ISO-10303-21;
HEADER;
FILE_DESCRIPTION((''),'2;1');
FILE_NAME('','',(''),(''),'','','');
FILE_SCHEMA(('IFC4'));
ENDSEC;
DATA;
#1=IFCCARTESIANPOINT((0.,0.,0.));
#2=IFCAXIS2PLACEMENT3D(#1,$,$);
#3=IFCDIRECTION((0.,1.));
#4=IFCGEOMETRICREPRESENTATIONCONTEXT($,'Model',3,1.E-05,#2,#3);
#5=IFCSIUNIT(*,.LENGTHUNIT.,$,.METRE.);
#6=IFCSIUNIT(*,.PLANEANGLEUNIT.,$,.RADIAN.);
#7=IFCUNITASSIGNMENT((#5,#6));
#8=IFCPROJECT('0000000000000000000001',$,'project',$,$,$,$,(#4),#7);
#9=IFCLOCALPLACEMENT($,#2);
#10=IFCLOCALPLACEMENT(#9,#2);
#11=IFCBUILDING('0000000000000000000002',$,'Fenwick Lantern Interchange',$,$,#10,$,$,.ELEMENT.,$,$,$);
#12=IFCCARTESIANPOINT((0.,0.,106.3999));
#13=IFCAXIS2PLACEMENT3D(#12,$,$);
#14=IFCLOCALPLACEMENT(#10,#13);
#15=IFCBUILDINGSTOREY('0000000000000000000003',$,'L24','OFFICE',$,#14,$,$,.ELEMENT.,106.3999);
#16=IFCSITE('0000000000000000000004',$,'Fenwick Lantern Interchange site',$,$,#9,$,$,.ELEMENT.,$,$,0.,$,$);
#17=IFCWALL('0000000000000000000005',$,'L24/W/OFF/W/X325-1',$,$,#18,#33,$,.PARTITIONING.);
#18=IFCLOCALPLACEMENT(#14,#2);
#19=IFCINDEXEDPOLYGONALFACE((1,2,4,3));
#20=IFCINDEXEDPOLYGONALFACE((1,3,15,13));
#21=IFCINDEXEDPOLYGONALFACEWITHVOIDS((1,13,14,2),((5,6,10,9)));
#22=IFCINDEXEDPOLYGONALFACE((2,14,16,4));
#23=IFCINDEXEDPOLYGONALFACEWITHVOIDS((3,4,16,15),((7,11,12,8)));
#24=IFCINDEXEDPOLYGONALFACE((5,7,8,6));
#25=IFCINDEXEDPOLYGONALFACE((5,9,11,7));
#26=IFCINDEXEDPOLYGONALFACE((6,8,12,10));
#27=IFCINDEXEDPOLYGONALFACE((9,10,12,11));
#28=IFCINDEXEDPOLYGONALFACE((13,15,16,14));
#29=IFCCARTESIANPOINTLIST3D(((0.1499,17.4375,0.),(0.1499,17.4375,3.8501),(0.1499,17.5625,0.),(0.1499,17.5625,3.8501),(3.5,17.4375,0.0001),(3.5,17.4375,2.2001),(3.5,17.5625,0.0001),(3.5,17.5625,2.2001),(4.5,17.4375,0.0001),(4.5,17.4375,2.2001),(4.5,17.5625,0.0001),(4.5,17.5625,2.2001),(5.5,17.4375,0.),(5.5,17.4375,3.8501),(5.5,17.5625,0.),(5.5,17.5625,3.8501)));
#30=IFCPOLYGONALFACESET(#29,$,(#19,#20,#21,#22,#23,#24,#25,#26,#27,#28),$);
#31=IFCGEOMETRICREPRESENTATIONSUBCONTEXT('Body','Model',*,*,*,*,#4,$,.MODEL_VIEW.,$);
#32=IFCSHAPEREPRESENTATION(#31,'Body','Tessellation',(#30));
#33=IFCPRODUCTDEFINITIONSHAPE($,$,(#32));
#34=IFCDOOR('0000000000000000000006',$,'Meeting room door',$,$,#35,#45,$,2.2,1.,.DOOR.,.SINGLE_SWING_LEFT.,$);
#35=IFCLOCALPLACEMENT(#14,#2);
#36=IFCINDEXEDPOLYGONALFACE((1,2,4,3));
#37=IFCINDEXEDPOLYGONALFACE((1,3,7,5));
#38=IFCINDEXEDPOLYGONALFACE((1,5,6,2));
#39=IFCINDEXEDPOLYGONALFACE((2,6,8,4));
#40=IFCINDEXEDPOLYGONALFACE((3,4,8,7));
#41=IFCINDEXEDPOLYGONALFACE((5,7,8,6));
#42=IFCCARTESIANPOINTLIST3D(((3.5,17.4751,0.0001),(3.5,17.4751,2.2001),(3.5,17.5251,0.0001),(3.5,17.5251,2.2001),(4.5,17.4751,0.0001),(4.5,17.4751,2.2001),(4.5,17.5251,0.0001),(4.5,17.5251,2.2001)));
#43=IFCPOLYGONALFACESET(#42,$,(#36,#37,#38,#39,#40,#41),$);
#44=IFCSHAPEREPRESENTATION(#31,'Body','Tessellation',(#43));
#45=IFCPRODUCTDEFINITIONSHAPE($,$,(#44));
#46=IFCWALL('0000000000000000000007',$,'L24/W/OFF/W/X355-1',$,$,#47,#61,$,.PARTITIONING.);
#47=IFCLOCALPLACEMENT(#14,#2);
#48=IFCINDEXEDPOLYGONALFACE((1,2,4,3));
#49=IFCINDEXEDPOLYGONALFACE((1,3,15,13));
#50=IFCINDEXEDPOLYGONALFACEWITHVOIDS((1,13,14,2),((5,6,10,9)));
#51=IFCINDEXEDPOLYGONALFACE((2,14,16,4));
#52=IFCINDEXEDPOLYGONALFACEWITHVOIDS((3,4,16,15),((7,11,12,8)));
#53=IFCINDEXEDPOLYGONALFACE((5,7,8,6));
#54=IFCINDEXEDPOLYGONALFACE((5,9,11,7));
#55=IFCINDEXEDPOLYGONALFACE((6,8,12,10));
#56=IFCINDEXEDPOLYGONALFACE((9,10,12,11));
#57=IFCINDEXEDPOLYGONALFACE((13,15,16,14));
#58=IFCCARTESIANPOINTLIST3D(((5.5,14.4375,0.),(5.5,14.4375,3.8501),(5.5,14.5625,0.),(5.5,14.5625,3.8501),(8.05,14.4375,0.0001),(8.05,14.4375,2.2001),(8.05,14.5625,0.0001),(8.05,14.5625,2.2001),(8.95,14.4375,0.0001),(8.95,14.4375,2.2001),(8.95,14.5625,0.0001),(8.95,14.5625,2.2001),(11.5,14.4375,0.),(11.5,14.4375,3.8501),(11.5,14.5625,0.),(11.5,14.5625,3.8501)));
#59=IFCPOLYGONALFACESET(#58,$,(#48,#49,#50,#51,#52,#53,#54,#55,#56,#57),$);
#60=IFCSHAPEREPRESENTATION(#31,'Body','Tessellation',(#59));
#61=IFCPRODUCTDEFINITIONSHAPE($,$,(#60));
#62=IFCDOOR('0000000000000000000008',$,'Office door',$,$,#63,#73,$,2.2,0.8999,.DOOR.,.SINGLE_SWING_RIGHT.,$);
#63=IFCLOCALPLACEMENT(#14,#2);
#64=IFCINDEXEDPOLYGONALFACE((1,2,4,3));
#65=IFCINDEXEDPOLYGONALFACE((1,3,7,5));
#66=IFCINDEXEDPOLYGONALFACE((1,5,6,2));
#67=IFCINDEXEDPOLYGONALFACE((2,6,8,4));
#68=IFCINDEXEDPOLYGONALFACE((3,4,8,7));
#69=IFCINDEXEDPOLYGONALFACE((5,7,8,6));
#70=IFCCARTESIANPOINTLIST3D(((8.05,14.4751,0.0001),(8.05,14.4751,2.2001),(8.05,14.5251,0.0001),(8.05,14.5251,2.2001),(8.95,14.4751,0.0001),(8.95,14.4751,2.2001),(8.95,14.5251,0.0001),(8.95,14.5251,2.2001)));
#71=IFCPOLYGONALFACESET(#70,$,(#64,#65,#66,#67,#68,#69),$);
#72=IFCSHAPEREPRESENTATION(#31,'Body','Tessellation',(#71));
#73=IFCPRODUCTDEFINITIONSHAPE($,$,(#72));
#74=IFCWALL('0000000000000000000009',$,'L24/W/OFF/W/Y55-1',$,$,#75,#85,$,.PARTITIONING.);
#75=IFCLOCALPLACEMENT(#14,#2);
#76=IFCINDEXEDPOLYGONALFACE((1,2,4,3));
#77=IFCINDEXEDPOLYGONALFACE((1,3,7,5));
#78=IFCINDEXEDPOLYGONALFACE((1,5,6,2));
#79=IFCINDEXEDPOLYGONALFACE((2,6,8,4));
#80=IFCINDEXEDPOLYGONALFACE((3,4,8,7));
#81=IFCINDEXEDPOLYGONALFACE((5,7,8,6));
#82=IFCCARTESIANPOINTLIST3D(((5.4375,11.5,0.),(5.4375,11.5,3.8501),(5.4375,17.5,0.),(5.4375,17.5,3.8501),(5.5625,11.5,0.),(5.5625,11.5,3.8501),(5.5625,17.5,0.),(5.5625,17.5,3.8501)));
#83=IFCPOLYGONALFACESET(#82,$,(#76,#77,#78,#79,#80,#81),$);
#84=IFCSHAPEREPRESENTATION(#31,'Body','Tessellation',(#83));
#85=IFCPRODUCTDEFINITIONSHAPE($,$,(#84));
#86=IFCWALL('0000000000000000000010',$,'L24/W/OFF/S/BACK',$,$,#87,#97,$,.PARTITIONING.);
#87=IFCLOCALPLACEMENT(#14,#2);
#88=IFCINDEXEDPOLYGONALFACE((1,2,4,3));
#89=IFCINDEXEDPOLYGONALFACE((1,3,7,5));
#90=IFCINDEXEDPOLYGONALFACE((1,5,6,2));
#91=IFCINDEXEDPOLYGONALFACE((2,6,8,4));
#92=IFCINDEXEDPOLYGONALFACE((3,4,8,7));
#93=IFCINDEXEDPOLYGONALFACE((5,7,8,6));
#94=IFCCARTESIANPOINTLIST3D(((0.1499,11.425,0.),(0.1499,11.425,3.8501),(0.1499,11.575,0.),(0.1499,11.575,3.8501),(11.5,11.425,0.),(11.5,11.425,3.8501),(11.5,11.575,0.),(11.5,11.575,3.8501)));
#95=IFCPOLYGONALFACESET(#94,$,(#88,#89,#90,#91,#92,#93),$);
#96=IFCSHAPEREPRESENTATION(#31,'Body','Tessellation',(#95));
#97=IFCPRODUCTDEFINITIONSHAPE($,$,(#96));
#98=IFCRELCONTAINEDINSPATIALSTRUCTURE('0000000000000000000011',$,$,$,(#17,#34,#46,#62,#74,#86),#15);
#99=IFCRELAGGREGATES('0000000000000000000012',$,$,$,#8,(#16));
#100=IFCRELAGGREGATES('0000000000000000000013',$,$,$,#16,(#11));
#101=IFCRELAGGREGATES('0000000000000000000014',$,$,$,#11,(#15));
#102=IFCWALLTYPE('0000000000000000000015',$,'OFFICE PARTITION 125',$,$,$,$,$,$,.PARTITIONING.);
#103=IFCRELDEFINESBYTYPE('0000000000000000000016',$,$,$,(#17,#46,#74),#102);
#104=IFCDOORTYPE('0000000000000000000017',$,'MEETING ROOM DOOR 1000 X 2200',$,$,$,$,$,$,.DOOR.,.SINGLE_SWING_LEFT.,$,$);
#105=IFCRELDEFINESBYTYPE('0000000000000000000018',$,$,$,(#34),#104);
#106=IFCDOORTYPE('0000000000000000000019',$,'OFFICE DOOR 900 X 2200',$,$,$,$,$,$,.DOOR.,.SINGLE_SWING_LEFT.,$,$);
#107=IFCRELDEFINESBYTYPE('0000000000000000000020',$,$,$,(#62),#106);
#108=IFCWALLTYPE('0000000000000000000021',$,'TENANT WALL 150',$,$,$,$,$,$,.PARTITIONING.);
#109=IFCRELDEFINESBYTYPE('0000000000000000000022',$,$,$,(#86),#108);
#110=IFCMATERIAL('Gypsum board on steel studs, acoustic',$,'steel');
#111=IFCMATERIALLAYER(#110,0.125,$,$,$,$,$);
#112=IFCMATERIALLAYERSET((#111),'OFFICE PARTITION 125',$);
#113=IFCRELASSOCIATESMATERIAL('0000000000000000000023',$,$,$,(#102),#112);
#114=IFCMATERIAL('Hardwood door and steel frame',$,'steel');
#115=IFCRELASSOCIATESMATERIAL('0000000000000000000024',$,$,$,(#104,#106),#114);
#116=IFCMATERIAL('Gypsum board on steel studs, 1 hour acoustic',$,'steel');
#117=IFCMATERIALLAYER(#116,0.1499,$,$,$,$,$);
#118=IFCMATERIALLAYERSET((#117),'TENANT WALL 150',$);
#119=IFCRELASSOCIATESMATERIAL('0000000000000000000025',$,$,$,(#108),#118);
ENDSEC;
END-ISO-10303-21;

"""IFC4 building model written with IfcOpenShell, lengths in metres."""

from ifc_helpers import new_model, si_unit, direction, frame, frame_2d, origin, place, context, subcontext, project, spatial, rectangle, extrude, material, layer, layer_set, type_object, element, fill, save


model = new_model("IFC4")

# Units and contexts
model_context = context("Model", 3, precision=1e-05, world=origin(), true_north=direction((0.0, 1.0)))
body_context = subcontext(model_context, "Body", "Model", "MODEL_VIEW")
ifc_project = project(units=[si_unit("LENGTHUNIT", "METRE"), si_unit("PLANEANGLEUNIT", "RADIAN")], contexts=[model_context])

# Site, building, storey
site_placement = place(None, origin())
site = spatial("IfcSite", under=ifc_project, at=site_placement, Name="Fenwick Lantern Interchange site", CompositionType="ELEMENT", RefElevation=0.0)
building_placement = place(site_placement, origin())
building = spatial("IfcBuilding", under=site, at=building_placement, Name="Fenwick Lantern Interchange", CompositionType="ELEMENT")
storey_placement = place(building_placement, frame((0.0, 0.0, 106.3999)))
storey = spatial("IfcBuildingStorey", under=building, at=storey_placement, Name="L24", Description="OFFICE", CompositionType="ELEMENT", Elevation=106.3999)

# Walls, openings, doors
ifc_material_1 = material(Name="Gypsum board on steel studs, acoustic", Category="steel")
ifc_layer_1 = layer(ifc_material_1, 0.125)
ifc_layer_set_1 = layer_set([ifc_layer_1], Name="OFFICE PARTITION 125")
wall_type_1 = type_object("IfcWallType", Name="OFFICE PARTITION 125", PredefinedType="PARTITIONING", material=ifc_layer_set_1)
wall_1_placement = place(storey_placement, frame((0.1499, 17.5, 0.0), z_axis=(0.0, 0.0, 1.0), x_axis=(1.0, 0.0, 0.0)))
wall_1 = element("IfcWall", 1, at=wall_1_placement, inside=storey, type_object=wall_type_1, Name="L24/W/OFF/W/X325-1", PredefinedType="PARTITIONING", context=body_context, shape_type="SweptSolid", body=[
    extrude(rectangle(XDim=5.3501, YDim=0.125, at=frame_2d((2.675, 0.0))), origin(), (0.0, 0.0, 1.0), 3.8501),
])
opening_1_placement = place(wall_1_placement, frame((3.3501, 0.0, 0.0)))
opening_1 = element("IfcOpeningElement", 2, at=opening_1_placement, cuts=wall_1, PredefinedType="OPENING", context=body_context, shape_type="SweptSolid", body=[
    extrude(rectangle(XDim=1.0, YDim=2.2, at=frame_2d((0.5, 1.1001))), frame((0.0, 0.0725, 0.0), z_axis=(0.0, -1.0, 0.0), x_axis=(1.0, 0.0, 0.0)), (0.0, 0.0, 1.0), 0.145),
])
ifc_material_2 = material(Name="Hardwood door and steel frame", Category="steel")
door_type_1 = type_object("IfcDoorType", Name="MEETING ROOM DOOR 1000 X 2200", OperationType="SINGLE_SWING_LEFT", PredefinedType="DOOR", material=ifc_material_2)
door_1_placement = place(opening_1_placement, frame((1.0, 0.0, 0.0), z_axis=(0.0, 0.0, 1.0), x_axis=(-1.0, 0.0, 0.0)))
door_1 = element("IfcDoor", 3, at=door_1_placement, inside=storey, type_object=door_type_1, Name="Meeting room door", OperationType="SINGLE_SWING_LEFT", OverallHeight=2.2, OverallWidth=1.0, PredefinedType="DOOR", context=body_context, shape_type="SweptSolid", body=[
    extrude(rectangle(XDim=1.0, YDim=2.2, at=frame_2d((0.5, 1.1001))), frame((0.0, 0.0249, 0.0), z_axis=(0.0, -1.0, 0.0), x_axis=(1.0, 0.0, 0.0)), (0.0, 0.0, 1.0), 0.05),
])
fill(opening_1, door_1)
wall_2_placement = place(storey_placement, frame((5.5, 14.5, 0.0), z_axis=(0.0, 0.0, 1.0), x_axis=(1.0, 0.0, 0.0)))
wall_2 = element("IfcWall", 4, at=wall_2_placement, inside=storey, type_object=wall_type_1, Name="L24/W/OFF/W/X355-1", PredefinedType="PARTITIONING", context=body_context, shape_type="SweptSolid", body=[
    extrude(rectangle(XDim=6.0, YDim=0.125, at=frame_2d((3.0, 0.0))), origin(), (0.0, 0.0, 1.0), 3.8501),
])
opening_2_placement = place(wall_2_placement, frame((2.55, 0.0, 0.0)))
opening_2 = element("IfcOpeningElement", 5, at=opening_2_placement, cuts=wall_2, PredefinedType="OPENING", context=body_context, shape_type="SweptSolid", body=[
    extrude(rectangle(XDim=0.8999, YDim=2.2, at=frame_2d((0.45, 1.1001))), frame((0.0, 0.0725, 0.0), z_axis=(0.0, -1.0, 0.0), x_axis=(1.0, 0.0, 0.0)), (0.0, 0.0, 1.0), 0.145),
])
door_type_2 = type_object("IfcDoorType", Name="OFFICE DOOR 900 X 2200", OperationType="SINGLE_SWING_LEFT", PredefinedType="DOOR", material=ifc_material_2)
door_2_placement = place(opening_2_placement, frame((0.8999, 0.0, 0.0), z_axis=(0.0, 0.0, 1.0), x_axis=(-1.0, 0.0, 0.0)))
door_2 = element("IfcDoor", 6, at=door_2_placement, inside=storey, type_object=door_type_2, Name="Office door", OperationType="SINGLE_SWING_RIGHT", OverallHeight=2.2, OverallWidth=0.8999, PredefinedType="DOOR", context=body_context, shape_type="SweptSolid", body=[
    extrude(rectangle(XDim=0.8999, YDim=2.2, at=frame_2d((0.45, 1.1001))), frame((0.0, 0.0249, 0.0), z_axis=(0.0, -1.0, 0.0), x_axis=(1.0, 0.0, 0.0)), (0.0, 0.0, 1.0), 0.05),
])
fill(opening_2, door_2)

# Walls
wall_3_placement = place(storey_placement, frame((5.5, 17.5, 0.0), z_axis=(0.0, 0.0, 1.0), x_axis=(0.0, -1.0, 0.0)))
element("IfcWall", 7, at=wall_3_placement, inside=storey, type_object=wall_type_1, Name="L24/W/OFF/W/Y55-1", PredefinedType="PARTITIONING", context=body_context, shape_type="SweptSolid", body=[
    extrude(rectangle(XDim=6.0, YDim=0.125, at=frame_2d((3.0, 0.0))), origin(), (0.0, 0.0, 1.0), 3.8501),
])
ifc_material_3 = material(Name="Gypsum board on steel studs, 1 hour acoustic", Category="steel")
ifc_layer_2 = layer(ifc_material_3, 0.1499)
ifc_layer_set_2 = layer_set([ifc_layer_2], Name="TENANT WALL 150")
wall_type_2 = type_object("IfcWallType", Name="TENANT WALL 150", PredefinedType="PARTITIONING", material=ifc_layer_set_2)
wall_4_placement = place(storey_placement, frame((0.1499, 11.5, 0.0), z_axis=(0.0, 0.0, 1.0), x_axis=(1.0, 0.0, 0.0)))
element("IfcWall", 8, at=wall_4_placement, inside=storey, type_object=wall_type_2, Name="L24/W/OFF/S/BACK", PredefinedType="PARTITIONING", context=body_context, shape_type="SweptSolid", body=[
    extrude(rectangle(XDim=11.3501, YDim=0.1499, at=frame_2d((5.675, 0.0))), origin(), (0.0, 0.0, 1.0), 3.8501),
])

save(model, "model.ifc")
